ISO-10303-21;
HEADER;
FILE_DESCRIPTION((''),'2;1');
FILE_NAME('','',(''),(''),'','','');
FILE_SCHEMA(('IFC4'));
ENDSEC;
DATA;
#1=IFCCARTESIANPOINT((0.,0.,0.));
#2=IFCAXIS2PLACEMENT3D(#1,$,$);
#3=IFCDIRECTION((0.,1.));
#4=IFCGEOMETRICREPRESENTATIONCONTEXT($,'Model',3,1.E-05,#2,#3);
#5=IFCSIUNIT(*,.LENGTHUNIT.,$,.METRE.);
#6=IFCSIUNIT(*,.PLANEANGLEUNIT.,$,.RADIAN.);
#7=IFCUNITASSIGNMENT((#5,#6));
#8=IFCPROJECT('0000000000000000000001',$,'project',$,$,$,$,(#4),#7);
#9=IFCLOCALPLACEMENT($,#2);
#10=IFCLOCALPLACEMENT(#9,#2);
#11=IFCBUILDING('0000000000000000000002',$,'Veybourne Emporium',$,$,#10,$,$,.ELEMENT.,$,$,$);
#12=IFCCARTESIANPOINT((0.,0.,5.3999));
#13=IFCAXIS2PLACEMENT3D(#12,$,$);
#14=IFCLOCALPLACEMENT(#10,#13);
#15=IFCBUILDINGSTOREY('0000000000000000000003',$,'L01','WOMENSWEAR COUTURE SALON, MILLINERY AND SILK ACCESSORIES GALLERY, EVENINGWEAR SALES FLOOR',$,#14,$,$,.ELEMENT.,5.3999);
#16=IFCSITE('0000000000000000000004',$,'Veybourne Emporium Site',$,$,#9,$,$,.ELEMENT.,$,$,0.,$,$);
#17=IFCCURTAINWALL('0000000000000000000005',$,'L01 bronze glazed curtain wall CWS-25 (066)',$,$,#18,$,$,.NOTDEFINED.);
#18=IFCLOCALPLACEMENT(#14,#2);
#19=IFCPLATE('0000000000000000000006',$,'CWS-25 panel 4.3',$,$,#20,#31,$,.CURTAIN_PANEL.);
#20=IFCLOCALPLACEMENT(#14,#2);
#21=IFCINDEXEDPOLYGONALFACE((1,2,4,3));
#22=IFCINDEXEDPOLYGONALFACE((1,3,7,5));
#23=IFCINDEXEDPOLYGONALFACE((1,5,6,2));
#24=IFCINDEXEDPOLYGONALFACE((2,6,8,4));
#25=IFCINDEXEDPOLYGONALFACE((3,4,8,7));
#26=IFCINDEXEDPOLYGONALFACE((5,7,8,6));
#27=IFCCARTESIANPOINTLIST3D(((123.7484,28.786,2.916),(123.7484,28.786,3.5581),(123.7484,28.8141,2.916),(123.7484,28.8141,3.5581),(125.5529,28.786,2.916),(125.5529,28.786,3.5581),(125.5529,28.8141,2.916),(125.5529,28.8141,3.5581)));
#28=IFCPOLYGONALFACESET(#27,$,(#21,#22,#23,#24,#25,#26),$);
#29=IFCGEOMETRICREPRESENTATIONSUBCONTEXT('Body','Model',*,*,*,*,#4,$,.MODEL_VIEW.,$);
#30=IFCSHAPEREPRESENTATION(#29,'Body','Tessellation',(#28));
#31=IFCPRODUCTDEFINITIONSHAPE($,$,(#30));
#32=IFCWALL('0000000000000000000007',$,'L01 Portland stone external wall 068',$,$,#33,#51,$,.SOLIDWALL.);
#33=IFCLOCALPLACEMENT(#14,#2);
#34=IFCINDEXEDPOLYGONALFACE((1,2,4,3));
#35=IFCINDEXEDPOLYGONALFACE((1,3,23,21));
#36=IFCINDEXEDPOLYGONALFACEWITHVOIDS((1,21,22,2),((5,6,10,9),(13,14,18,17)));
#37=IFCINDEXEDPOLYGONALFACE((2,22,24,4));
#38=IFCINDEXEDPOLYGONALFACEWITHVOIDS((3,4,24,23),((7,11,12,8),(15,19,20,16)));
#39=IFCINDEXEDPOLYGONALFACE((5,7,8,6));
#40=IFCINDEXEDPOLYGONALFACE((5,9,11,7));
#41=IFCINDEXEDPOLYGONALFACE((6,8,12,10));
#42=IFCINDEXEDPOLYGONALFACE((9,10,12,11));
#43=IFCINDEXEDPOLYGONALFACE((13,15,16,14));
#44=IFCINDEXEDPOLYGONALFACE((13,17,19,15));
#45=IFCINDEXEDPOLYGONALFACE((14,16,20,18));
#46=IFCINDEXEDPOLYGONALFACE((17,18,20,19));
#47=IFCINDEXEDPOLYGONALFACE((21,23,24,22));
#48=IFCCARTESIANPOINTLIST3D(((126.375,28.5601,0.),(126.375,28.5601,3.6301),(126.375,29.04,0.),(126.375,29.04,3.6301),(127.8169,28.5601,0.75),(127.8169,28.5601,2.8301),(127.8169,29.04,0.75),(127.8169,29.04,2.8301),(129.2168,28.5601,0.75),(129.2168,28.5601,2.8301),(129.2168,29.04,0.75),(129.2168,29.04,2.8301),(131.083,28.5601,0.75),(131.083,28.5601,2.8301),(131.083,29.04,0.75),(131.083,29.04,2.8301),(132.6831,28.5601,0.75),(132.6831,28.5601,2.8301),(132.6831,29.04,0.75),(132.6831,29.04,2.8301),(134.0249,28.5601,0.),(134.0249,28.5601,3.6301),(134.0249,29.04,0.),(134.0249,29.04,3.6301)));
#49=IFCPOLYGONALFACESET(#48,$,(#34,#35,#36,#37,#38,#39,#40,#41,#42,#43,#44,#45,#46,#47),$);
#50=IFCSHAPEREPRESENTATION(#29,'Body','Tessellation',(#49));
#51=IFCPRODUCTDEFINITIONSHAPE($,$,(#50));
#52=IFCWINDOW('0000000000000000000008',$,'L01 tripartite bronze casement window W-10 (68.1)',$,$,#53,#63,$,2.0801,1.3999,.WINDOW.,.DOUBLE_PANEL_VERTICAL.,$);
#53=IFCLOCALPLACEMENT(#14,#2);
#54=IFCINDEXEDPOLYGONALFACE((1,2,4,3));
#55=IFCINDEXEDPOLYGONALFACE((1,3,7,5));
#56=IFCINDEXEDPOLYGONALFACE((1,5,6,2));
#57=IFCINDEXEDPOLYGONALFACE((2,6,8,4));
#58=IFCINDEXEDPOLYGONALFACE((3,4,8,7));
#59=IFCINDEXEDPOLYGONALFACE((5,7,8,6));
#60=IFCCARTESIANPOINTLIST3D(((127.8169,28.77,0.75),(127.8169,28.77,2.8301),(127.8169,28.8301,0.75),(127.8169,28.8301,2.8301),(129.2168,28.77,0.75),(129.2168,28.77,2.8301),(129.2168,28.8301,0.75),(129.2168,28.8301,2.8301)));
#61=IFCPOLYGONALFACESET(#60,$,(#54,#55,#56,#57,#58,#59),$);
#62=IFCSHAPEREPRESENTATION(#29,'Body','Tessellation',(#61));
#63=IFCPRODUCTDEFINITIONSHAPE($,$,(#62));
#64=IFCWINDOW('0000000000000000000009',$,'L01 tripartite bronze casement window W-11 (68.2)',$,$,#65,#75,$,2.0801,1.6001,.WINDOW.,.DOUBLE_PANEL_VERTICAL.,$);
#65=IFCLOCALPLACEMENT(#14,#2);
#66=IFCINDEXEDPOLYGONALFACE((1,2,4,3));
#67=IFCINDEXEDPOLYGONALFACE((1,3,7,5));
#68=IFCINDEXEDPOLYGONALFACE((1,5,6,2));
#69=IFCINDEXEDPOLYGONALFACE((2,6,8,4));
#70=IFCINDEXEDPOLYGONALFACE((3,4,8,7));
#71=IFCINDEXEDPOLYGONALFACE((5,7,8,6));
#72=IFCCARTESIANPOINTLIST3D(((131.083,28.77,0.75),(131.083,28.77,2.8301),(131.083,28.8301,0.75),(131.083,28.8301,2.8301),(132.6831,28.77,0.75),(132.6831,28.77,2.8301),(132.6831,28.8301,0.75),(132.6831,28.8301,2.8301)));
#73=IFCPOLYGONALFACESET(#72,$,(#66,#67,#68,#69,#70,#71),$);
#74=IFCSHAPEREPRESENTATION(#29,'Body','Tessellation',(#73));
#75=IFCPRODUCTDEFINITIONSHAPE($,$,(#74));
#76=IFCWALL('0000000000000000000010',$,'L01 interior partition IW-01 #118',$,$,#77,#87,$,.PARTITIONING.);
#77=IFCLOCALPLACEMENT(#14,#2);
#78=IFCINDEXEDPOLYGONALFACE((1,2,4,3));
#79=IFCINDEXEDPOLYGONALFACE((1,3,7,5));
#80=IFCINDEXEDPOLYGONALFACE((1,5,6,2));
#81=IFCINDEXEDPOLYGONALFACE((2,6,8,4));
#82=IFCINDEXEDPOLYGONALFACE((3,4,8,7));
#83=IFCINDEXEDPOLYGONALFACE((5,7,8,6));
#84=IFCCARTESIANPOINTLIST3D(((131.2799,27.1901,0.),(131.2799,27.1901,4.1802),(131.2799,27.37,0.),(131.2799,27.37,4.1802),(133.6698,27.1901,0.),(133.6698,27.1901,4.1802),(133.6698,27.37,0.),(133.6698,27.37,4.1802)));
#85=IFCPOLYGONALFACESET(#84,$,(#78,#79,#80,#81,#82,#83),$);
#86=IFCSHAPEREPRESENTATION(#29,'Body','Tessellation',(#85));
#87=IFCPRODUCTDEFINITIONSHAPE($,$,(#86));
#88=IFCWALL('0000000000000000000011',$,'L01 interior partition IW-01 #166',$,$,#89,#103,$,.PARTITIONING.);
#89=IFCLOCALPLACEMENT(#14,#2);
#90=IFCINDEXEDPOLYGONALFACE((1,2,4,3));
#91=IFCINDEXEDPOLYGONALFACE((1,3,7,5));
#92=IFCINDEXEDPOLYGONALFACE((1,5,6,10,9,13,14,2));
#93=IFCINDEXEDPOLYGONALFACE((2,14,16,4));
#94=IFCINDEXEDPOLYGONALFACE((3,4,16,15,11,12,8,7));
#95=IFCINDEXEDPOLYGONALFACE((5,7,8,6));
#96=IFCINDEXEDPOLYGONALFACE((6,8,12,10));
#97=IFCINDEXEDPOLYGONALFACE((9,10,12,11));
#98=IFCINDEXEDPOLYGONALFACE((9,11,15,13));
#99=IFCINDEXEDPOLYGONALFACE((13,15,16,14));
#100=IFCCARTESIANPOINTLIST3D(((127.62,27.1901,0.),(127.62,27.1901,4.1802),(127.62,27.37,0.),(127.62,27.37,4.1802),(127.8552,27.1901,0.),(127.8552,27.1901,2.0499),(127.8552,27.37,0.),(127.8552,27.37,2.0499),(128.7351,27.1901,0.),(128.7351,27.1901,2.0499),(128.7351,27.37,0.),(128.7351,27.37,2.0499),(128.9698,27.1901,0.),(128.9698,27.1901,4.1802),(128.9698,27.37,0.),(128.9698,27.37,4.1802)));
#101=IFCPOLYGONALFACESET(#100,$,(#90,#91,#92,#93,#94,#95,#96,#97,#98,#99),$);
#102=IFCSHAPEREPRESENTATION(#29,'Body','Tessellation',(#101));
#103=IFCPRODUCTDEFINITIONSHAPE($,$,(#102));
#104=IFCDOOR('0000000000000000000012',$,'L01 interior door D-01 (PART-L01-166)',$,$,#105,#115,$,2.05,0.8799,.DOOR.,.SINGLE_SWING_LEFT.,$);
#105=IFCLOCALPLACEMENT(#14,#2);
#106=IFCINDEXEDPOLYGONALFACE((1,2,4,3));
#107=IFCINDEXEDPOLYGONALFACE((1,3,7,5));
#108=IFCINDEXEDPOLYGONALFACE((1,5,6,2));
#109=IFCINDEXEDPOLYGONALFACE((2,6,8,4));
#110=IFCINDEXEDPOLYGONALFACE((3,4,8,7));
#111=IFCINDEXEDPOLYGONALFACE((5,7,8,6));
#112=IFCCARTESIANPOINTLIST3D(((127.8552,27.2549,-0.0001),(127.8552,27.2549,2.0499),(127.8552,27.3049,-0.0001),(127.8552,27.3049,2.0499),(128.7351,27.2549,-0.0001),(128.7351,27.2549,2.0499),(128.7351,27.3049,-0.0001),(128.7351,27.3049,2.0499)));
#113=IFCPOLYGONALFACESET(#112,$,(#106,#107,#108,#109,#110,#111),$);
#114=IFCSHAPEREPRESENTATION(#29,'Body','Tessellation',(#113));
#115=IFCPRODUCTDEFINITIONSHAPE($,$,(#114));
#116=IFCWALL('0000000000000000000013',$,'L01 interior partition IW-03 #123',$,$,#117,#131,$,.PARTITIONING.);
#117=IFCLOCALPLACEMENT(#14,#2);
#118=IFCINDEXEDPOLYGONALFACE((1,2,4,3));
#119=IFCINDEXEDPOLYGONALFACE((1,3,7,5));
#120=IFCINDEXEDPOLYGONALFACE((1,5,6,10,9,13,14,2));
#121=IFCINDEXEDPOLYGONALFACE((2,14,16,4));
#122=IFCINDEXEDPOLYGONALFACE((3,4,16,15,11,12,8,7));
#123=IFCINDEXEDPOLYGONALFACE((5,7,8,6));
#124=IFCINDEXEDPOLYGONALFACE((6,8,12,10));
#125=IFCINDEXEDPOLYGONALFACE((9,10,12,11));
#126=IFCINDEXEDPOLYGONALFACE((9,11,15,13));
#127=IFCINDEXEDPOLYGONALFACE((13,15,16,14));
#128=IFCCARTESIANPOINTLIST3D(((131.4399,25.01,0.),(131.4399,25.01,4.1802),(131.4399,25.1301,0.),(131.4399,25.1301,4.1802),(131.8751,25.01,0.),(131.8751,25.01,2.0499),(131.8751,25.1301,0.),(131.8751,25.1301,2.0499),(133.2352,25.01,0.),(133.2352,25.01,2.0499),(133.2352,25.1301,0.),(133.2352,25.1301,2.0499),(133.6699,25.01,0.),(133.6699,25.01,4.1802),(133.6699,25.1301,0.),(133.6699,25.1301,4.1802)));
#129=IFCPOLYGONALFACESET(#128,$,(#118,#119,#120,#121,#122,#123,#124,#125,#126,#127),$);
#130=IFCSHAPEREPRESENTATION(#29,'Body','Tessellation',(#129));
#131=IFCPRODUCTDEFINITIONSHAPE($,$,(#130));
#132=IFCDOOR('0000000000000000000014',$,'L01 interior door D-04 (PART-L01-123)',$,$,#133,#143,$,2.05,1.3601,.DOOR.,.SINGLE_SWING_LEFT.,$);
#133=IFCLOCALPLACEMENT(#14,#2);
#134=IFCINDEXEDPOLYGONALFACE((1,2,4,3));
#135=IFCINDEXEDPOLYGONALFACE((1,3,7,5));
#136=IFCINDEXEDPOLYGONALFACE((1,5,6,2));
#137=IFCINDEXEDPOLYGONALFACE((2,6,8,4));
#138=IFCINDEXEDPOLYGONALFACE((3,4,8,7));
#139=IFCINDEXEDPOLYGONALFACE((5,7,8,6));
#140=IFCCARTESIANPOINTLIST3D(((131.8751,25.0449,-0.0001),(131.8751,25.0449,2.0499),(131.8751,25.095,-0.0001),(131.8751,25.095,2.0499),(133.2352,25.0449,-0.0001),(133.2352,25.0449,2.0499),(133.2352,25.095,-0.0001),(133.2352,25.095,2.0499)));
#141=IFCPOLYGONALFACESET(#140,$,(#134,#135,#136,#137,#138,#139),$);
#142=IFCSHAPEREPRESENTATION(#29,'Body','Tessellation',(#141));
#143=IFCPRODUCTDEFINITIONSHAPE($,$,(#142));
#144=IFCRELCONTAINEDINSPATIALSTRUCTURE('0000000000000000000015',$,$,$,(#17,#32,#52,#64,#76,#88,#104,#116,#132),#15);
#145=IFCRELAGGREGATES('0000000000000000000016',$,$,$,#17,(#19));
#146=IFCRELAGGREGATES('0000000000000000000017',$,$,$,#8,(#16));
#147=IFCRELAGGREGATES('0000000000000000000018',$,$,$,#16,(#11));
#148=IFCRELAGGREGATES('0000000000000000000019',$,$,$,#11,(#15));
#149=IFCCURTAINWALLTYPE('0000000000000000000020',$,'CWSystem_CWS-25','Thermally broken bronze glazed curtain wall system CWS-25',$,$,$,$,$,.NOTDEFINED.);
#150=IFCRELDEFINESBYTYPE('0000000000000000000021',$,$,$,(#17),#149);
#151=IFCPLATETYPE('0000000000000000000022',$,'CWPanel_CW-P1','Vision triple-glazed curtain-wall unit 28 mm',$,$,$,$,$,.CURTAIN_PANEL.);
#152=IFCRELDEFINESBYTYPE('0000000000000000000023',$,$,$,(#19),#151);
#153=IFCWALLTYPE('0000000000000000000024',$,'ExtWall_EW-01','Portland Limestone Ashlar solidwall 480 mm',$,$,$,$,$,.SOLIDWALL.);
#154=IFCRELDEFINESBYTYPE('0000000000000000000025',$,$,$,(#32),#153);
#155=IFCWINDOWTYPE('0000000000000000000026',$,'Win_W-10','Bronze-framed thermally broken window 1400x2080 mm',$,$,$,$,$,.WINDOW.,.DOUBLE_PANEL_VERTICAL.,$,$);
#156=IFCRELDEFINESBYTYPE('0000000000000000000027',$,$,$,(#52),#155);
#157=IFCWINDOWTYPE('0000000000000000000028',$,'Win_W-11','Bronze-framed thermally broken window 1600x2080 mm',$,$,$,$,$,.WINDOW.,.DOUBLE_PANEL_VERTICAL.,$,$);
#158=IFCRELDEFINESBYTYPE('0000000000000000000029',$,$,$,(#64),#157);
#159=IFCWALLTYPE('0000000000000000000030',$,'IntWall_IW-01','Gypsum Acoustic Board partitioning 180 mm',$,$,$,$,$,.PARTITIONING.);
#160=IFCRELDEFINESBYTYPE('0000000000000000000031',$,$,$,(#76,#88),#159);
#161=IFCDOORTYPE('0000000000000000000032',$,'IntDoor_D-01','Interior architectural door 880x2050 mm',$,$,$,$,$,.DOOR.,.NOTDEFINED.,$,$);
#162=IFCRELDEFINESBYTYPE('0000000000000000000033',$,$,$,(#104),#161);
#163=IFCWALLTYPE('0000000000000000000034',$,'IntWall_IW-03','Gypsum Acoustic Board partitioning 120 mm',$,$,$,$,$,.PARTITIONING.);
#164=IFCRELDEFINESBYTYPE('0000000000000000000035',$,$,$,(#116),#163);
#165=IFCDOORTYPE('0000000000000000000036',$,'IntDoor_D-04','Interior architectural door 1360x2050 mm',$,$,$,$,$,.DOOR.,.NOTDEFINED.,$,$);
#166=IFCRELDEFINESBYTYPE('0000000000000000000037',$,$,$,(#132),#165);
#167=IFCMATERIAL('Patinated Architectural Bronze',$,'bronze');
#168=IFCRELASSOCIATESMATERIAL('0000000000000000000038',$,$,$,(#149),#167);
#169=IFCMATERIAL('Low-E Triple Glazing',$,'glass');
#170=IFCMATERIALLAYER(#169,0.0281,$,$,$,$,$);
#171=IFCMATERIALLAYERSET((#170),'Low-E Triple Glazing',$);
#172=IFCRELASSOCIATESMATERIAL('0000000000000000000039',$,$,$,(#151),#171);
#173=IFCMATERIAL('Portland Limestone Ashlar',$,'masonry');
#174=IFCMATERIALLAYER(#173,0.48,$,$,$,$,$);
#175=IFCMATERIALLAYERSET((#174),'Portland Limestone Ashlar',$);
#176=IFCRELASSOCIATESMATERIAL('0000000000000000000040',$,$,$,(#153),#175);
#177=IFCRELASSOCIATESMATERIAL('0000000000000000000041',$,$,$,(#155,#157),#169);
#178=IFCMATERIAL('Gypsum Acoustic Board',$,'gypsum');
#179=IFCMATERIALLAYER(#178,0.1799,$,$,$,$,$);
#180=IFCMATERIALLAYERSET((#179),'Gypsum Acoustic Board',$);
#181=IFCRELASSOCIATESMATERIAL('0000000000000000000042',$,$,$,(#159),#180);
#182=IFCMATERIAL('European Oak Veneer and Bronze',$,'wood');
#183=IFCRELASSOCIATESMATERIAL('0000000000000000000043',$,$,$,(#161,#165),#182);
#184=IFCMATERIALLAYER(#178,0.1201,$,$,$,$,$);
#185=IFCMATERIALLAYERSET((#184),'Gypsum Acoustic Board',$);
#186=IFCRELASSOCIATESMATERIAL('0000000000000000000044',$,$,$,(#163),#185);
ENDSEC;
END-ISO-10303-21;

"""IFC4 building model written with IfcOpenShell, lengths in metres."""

from ifc_helpers import new_model, si_unit, direction, frame, frame_2d, origin, origin_2d, place, context, subcontext, project, spatial, rectangle, extrude, material, layer, layer_set, type_object, element, fill, aggregate, save


model = new_model("IFC4")

# Units and contexts
model_context = context("Model", 3, precision=1e-05, world=origin(), true_north=direction((0.0, 1.0)))
body_context = subcontext(model_context, "Body", "Model", "MODEL_VIEW")
ifc_project = project(units=[si_unit("LENGTHUNIT", "METRE"), si_unit("PLANEANGLEUNIT", "RADIAN")], contexts=[model_context])

# Site, building, storey
site_placement = place(None, origin())
site = spatial("IfcSite", under=ifc_project, at=site_placement, Name="Veybourne Emporium Site", CompositionType="ELEMENT", RefElevation=0.0)
building_placement = place(site_placement, origin())
building = spatial("IfcBuilding", under=site, at=building_placement, Name="Veybourne Emporium", CompositionType="ELEMENT")
storey_placement = place(building_placement, frame((0.0, 0.0, 5.3999)))
storey = spatial("IfcBuildingStorey", under=building, at=storey_placement, Name="L01", Description="WOMENSWEAR COUTURE SALON, MILLINERY AND SILK ACCESSORIES GALLERY, EVENINGWEAR SALES FLOOR", CompositionType="ELEMENT", Elevation=5.3999)

# Curtain wall
ifc_material_1 = material(Name="Patinated Architectural Bronze", Category="bronze")
curtain_wall_type = type_object("IfcCurtainWallType", Name="CWSystem_CWS-25", Description="Thermally broken bronze glazed curtain wall system CWS-25", PredefinedType="NOTDEFINED", material=ifc_material_1)
curtain_wall_placement = place(storey_placement, origin())
curtain_wall = element("IfcCurtainWall", 1, at=curtain_wall_placement, inside=storey, type_object=curtain_wall_type, Name="L01 bronze glazed curtain wall CWS-25 (066)", PredefinedType="NOTDEFINED")

# Plate
ifc_material_2 = material(Name="Low-E Triple Glazing", Category="glass")
ifc_layer_1 = layer(ifc_material_2, 0.0281)
ifc_layer_set_1 = layer_set([ifc_layer_1], Name="Low-E Triple Glazing")
plate_type = type_object("IfcPlateType", Name="CWPanel_CW-P1", Description="Vision triple-glazed curtain-wall unit 28 mm", PredefinedType="CURTAIN_PANEL", material=ifc_layer_set_1)
plate_1_placement = place(storey_placement, frame((124.6506, 28.8, 2.916), z_axis=(0.0, 0.0, 1.0), x_axis=(1.0, 0.0, 0.0)))
plate_1 = element("IfcPlate", 2, at=plate_1_placement, type_object=plate_type, Name="CWS-25 panel 4.3", PredefinedType="CURTAIN_PANEL", context=body_context, shape_type="SweptSolid", body=[
    extrude(rectangle(XDim=1.8044, YDim=0.0281, at=origin_2d()), origin(), (0.0, 0.0, 1.0), 0.6421),
])
aggregate(curtain_wall, [plate_1])

# Wall, openings, windows
ifc_material_3 = material(Name="Portland Limestone Ashlar", Category="masonry")
ifc_layer_2 = layer(ifc_material_3, 0.48)
ifc_layer_set_2 = layer_set([ifc_layer_2], Name="Portland Limestone Ashlar")
wall_type_1 = type_object("IfcWallType", Name="ExtWall_EW-01", Description="Portland Limestone Ashlar solidwall 480 mm", PredefinedType="SOLIDWALL", material=ifc_layer_set_2)
wall_1_placement = place(storey_placement, frame((126.375, 28.8, 0.0), z_axis=(0.0, 0.0, 1.0), x_axis=(1.0, 0.0, 0.0)))
wall_1 = element("IfcWall", 3, at=wall_1_placement, inside=storey, type_object=wall_type_1, Name="L01 Portland stone external wall 068", PredefinedType="SOLIDWALL", context=body_context, shape_type="SweptSolid", body=[
    extrude(rectangle(XDim=7.6499, YDim=0.48, at=frame_2d((3.825, 0.0))), origin(), (0.0, 0.0, 1.0), 3.6301),
])
opening_1_placement = place(wall_1_placement, frame((1.4419, 0.0, 0.75)))
opening_1 = element("IfcOpeningElement", 4, at=opening_1_placement, cuts=wall_1, PredefinedType="OPENING", context=body_context, shape_type="SweptSolid", body=[
    extrude(rectangle(XDim=1.3999, YDim=2.0801, at=frame_2d((0.7, 1.04))), frame((0.0, 0.26, 0.0), z_axis=(0.0, -1.0, 0.0), x_axis=(1.0, 0.0, 0.0)), (0.0, 0.0, 1.0), 0.52),
])
opening_2_placement = place(wall_1_placement, frame((4.708, 0.0, 0.75)))
opening_2 = element("IfcOpeningElement", 5, at=opening_2_placement, cuts=wall_1, PredefinedType="OPENING", context=body_context, shape_type="SweptSolid", body=[
    extrude(rectangle(XDim=1.6001, YDim=2.0801, at=frame_2d((0.8, 1.04))), frame((0.0, 0.26, 0.0), z_axis=(0.0, -1.0, 0.0), x_axis=(1.0, 0.0, 0.0)), (0.0, 0.0, 1.0), 0.52),
])
window_type_1 = type_object("IfcWindowType", Name="Win_W-10", Description="Bronze-framed thermally broken window 1400x2080 mm", PartitioningType="DOUBLE_PANEL_VERTICAL", PredefinedType="WINDOW", material=ifc_material_2)
window_1_placement = place(opening_1_placement, origin())
window_1 = element("IfcWindow", 6, at=window_1_placement, inside=storey, type_object=window_type_1, Name="L01 tripartite bronze casement window W-10 (68.1)", OverallHeight=2.0801, OverallWidth=1.3999, PartitioningType="DOUBLE_PANEL_VERTICAL", PredefinedType="WINDOW", context=body_context, shape_type="SweptSolid", body=[
    extrude(rectangle(XDim=1.3999, YDim=2.0801, at=frame_2d((0.7, 1.04))), frame((0.0, 0.03, 0.0), z_axis=(0.0, -1.0, 0.0), x_axis=(1.0, 0.0, 0.0)), (0.0, 0.0, 1.0), 0.0601),
])
fill(opening_1, window_1)
window_type_2 = type_object("IfcWindowType", Name="Win_W-11", Description="Bronze-framed thermally broken window 1600x2080 mm", PartitioningType="DOUBLE_PANEL_VERTICAL", PredefinedType="WINDOW", material=ifc_material_2)
window_2_placement = place(opening_2_placement, origin())
window_2 = element("IfcWindow", 7, at=window_2_placement, inside=storey, type_object=window_type_2, Name="L01 tripartite bronze casement window W-11 (68.2)", OverallHeight=2.0801, OverallWidth=1.6001, PartitioningType="DOUBLE_PANEL_VERTICAL", PredefinedType="WINDOW", context=body_context, shape_type="SweptSolid", body=[
    extrude(rectangle(XDim=1.6001, YDim=2.0801, at=frame_2d((0.8, 1.04))), frame((0.0, 0.03, 0.0), z_axis=(0.0, -1.0, 0.0), x_axis=(1.0, 0.0, 0.0)), (0.0, 0.0, 1.0), 0.0601),
])
fill(opening_2, window_2)

# Wall
ifc_material_4 = material(Name="Gypsum Acoustic Board", Category="gypsum")
ifc_layer_3 = layer(ifc_material_4, 0.1799)
ifc_layer_set_3 = layer_set([ifc_layer_3], Name="Gypsum Acoustic Board")
wall_type_2 = type_object("IfcWallType", Name="IntWall_IW-01", Description="Gypsum Acoustic Board partitioning 180 mm", PredefinedType="PARTITIONING", material=ifc_layer_set_3)
wall_2_placement = place(storey_placement, frame((131.28, 27.28, 0.0), z_axis=(0.0, 0.0, 1.0), x_axis=(1.0, 0.0, 0.0)))
element("IfcWall", 8, at=wall_2_placement, inside=storey, type_object=wall_type_2, Name="L01 interior partition IW-01 #118", PredefinedType="PARTITIONING", context=body_context, shape_type="SweptSolid", body=[
    extrude(rectangle(XDim=2.3899, YDim=0.1799, at=frame_2d((1.1948, 0.0))), origin(), (0.0, 0.0, 1.0), 4.1802),
])

# Walls, openings, doors
wall_3_placement = place(storey_placement, frame((127.6201, 27.28, 0.0), z_axis=(0.0, 0.0, 1.0), x_axis=(1.0, 0.0, 0.0)))
wall_3 = element("IfcWall", 9, at=wall_3_placement, inside=storey, type_object=wall_type_2, Name="L01 interior partition IW-01 #166", PredefinedType="PARTITIONING", context=body_context, shape_type="SweptSolid", body=[
    extrude(rectangle(XDim=1.3499, YDim=0.1799, at=frame_2d((0.6748, 0.0))), origin(), (0.0, 0.0, 1.0), 4.1802),
])
opening_3_placement = place(wall_3_placement, frame((0.2351, 0.0, 0.0)))
opening_3 = element("IfcOpeningElement", 10, at=opening_3_placement, cuts=wall_3, PredefinedType="OPENING", context=body_context, shape_type="SweptSolid", body=[
    extrude(rectangle(XDim=0.8799, YDim=2.05, at=frame_2d((0.4399, 1.0249))), frame((0.0, 0.1099, 0.0), z_axis=(0.0, -1.0, 0.0), x_axis=(1.0, 0.0, 0.0)), (0.0, 0.0, 1.0), 0.22),
])
ifc_material_5 = material(Name="European Oak Veneer and Bronze", Category="wood")
door_type_1 = type_object("IfcDoorType", Name="IntDoor_D-01", Description="Interior architectural door 880x2050 mm", OperationType="NOTDEFINED", PredefinedType="DOOR", material=ifc_material_5)
door_1_placement = place(opening_3_placement, origin())
door_1 = element("IfcDoor", 11, at=door_1_placement, inside=storey, type_object=door_type_1, Name="L01 interior door D-01 (PART-L01-166)", OperationType="SINGLE_SWING_LEFT", OverallHeight=2.05, OverallWidth=0.8799, PredefinedType="DOOR", context=body_context, shape_type="SweptSolid", body=[
    extrude(rectangle(XDim=0.8799, YDim=2.05, at=frame_2d((0.4399, 1.0249))), frame((0.0, 0.0249, 0.0), z_axis=(0.0, -1.0, 0.0), x_axis=(1.0, 0.0, 0.0)), (0.0, 0.0, 1.0), 0.05),
])
fill(opening_3, door_1)
ifc_layer_4 = layer(ifc_material_4, 0.1201)
ifc_layer_set_4 = layer_set([ifc_layer_4], Name="Gypsum Acoustic Board")
wall_type_3 = type_object("IfcWallType", Name="IntWall_IW-03", Description="Gypsum Acoustic Board partitioning 120 mm", PredefinedType="PARTITIONING", material=ifc_layer_set_4)
wall_4_placement = place(storey_placement, frame((131.4399, 25.0701, 0.0), z_axis=(0.0, 0.0, 1.0), x_axis=(1.0, 0.0, 0.0)))
wall_4 = element("IfcWall", 12, at=wall_4_placement, inside=storey, type_object=wall_type_3, Name="L01 interior partition IW-03 #123", PredefinedType="PARTITIONING", context=body_context, shape_type="SweptSolid", body=[
    extrude(rectangle(XDim=2.23, YDim=0.1201, at=frame_2d((1.115, 0.0))), origin(), (0.0, 0.0, 1.0), 4.1802),
])
opening_4_placement = place(wall_4_placement, frame((0.4351, 0.0, 0.0)))
opening_4 = element("IfcOpeningElement", 13, at=opening_4_placement, cuts=wall_4, PredefinedType="OPENING", context=body_context, shape_type="SweptSolid", body=[
    extrude(rectangle(XDim=1.3601, YDim=2.05, at=frame_2d((0.6802, 1.0249))), frame((0.0, 0.0801, 0.0), z_axis=(0.0, -1.0, 0.0), x_axis=(1.0, 0.0, 0.0)), (0.0, 0.0, 1.0), 0.1602),
])
door_type_2 = type_object("IfcDoorType", Name="IntDoor_D-04", Description="Interior architectural door 1360x2050 mm", OperationType="NOTDEFINED", PredefinedType="DOOR", material=ifc_material_5)
door_2_placement = place(opening_4_placement, origin())
door_2 = element("IfcDoor", 14, at=door_2_placement, inside=storey, type_object=door_type_2, Name="L01 interior door D-04 (PART-L01-123)", OperationType="SINGLE_SWING_LEFT", OverallHeight=2.05, OverallWidth=1.3601, PredefinedType="DOOR", context=body_context, shape_type="SweptSolid", body=[
    extrude(rectangle(XDim=1.3601, YDim=2.05, at=frame_2d((0.6802, 1.0249))), frame((0.0, 0.0249, 0.0), z_axis=(0.0, -1.0, 0.0), x_axis=(1.0, 0.0, 0.0)), (0.0, 0.0, 1.0), 0.05),
])
fill(opening_4, door_2)

save(model, "model.ifc")
